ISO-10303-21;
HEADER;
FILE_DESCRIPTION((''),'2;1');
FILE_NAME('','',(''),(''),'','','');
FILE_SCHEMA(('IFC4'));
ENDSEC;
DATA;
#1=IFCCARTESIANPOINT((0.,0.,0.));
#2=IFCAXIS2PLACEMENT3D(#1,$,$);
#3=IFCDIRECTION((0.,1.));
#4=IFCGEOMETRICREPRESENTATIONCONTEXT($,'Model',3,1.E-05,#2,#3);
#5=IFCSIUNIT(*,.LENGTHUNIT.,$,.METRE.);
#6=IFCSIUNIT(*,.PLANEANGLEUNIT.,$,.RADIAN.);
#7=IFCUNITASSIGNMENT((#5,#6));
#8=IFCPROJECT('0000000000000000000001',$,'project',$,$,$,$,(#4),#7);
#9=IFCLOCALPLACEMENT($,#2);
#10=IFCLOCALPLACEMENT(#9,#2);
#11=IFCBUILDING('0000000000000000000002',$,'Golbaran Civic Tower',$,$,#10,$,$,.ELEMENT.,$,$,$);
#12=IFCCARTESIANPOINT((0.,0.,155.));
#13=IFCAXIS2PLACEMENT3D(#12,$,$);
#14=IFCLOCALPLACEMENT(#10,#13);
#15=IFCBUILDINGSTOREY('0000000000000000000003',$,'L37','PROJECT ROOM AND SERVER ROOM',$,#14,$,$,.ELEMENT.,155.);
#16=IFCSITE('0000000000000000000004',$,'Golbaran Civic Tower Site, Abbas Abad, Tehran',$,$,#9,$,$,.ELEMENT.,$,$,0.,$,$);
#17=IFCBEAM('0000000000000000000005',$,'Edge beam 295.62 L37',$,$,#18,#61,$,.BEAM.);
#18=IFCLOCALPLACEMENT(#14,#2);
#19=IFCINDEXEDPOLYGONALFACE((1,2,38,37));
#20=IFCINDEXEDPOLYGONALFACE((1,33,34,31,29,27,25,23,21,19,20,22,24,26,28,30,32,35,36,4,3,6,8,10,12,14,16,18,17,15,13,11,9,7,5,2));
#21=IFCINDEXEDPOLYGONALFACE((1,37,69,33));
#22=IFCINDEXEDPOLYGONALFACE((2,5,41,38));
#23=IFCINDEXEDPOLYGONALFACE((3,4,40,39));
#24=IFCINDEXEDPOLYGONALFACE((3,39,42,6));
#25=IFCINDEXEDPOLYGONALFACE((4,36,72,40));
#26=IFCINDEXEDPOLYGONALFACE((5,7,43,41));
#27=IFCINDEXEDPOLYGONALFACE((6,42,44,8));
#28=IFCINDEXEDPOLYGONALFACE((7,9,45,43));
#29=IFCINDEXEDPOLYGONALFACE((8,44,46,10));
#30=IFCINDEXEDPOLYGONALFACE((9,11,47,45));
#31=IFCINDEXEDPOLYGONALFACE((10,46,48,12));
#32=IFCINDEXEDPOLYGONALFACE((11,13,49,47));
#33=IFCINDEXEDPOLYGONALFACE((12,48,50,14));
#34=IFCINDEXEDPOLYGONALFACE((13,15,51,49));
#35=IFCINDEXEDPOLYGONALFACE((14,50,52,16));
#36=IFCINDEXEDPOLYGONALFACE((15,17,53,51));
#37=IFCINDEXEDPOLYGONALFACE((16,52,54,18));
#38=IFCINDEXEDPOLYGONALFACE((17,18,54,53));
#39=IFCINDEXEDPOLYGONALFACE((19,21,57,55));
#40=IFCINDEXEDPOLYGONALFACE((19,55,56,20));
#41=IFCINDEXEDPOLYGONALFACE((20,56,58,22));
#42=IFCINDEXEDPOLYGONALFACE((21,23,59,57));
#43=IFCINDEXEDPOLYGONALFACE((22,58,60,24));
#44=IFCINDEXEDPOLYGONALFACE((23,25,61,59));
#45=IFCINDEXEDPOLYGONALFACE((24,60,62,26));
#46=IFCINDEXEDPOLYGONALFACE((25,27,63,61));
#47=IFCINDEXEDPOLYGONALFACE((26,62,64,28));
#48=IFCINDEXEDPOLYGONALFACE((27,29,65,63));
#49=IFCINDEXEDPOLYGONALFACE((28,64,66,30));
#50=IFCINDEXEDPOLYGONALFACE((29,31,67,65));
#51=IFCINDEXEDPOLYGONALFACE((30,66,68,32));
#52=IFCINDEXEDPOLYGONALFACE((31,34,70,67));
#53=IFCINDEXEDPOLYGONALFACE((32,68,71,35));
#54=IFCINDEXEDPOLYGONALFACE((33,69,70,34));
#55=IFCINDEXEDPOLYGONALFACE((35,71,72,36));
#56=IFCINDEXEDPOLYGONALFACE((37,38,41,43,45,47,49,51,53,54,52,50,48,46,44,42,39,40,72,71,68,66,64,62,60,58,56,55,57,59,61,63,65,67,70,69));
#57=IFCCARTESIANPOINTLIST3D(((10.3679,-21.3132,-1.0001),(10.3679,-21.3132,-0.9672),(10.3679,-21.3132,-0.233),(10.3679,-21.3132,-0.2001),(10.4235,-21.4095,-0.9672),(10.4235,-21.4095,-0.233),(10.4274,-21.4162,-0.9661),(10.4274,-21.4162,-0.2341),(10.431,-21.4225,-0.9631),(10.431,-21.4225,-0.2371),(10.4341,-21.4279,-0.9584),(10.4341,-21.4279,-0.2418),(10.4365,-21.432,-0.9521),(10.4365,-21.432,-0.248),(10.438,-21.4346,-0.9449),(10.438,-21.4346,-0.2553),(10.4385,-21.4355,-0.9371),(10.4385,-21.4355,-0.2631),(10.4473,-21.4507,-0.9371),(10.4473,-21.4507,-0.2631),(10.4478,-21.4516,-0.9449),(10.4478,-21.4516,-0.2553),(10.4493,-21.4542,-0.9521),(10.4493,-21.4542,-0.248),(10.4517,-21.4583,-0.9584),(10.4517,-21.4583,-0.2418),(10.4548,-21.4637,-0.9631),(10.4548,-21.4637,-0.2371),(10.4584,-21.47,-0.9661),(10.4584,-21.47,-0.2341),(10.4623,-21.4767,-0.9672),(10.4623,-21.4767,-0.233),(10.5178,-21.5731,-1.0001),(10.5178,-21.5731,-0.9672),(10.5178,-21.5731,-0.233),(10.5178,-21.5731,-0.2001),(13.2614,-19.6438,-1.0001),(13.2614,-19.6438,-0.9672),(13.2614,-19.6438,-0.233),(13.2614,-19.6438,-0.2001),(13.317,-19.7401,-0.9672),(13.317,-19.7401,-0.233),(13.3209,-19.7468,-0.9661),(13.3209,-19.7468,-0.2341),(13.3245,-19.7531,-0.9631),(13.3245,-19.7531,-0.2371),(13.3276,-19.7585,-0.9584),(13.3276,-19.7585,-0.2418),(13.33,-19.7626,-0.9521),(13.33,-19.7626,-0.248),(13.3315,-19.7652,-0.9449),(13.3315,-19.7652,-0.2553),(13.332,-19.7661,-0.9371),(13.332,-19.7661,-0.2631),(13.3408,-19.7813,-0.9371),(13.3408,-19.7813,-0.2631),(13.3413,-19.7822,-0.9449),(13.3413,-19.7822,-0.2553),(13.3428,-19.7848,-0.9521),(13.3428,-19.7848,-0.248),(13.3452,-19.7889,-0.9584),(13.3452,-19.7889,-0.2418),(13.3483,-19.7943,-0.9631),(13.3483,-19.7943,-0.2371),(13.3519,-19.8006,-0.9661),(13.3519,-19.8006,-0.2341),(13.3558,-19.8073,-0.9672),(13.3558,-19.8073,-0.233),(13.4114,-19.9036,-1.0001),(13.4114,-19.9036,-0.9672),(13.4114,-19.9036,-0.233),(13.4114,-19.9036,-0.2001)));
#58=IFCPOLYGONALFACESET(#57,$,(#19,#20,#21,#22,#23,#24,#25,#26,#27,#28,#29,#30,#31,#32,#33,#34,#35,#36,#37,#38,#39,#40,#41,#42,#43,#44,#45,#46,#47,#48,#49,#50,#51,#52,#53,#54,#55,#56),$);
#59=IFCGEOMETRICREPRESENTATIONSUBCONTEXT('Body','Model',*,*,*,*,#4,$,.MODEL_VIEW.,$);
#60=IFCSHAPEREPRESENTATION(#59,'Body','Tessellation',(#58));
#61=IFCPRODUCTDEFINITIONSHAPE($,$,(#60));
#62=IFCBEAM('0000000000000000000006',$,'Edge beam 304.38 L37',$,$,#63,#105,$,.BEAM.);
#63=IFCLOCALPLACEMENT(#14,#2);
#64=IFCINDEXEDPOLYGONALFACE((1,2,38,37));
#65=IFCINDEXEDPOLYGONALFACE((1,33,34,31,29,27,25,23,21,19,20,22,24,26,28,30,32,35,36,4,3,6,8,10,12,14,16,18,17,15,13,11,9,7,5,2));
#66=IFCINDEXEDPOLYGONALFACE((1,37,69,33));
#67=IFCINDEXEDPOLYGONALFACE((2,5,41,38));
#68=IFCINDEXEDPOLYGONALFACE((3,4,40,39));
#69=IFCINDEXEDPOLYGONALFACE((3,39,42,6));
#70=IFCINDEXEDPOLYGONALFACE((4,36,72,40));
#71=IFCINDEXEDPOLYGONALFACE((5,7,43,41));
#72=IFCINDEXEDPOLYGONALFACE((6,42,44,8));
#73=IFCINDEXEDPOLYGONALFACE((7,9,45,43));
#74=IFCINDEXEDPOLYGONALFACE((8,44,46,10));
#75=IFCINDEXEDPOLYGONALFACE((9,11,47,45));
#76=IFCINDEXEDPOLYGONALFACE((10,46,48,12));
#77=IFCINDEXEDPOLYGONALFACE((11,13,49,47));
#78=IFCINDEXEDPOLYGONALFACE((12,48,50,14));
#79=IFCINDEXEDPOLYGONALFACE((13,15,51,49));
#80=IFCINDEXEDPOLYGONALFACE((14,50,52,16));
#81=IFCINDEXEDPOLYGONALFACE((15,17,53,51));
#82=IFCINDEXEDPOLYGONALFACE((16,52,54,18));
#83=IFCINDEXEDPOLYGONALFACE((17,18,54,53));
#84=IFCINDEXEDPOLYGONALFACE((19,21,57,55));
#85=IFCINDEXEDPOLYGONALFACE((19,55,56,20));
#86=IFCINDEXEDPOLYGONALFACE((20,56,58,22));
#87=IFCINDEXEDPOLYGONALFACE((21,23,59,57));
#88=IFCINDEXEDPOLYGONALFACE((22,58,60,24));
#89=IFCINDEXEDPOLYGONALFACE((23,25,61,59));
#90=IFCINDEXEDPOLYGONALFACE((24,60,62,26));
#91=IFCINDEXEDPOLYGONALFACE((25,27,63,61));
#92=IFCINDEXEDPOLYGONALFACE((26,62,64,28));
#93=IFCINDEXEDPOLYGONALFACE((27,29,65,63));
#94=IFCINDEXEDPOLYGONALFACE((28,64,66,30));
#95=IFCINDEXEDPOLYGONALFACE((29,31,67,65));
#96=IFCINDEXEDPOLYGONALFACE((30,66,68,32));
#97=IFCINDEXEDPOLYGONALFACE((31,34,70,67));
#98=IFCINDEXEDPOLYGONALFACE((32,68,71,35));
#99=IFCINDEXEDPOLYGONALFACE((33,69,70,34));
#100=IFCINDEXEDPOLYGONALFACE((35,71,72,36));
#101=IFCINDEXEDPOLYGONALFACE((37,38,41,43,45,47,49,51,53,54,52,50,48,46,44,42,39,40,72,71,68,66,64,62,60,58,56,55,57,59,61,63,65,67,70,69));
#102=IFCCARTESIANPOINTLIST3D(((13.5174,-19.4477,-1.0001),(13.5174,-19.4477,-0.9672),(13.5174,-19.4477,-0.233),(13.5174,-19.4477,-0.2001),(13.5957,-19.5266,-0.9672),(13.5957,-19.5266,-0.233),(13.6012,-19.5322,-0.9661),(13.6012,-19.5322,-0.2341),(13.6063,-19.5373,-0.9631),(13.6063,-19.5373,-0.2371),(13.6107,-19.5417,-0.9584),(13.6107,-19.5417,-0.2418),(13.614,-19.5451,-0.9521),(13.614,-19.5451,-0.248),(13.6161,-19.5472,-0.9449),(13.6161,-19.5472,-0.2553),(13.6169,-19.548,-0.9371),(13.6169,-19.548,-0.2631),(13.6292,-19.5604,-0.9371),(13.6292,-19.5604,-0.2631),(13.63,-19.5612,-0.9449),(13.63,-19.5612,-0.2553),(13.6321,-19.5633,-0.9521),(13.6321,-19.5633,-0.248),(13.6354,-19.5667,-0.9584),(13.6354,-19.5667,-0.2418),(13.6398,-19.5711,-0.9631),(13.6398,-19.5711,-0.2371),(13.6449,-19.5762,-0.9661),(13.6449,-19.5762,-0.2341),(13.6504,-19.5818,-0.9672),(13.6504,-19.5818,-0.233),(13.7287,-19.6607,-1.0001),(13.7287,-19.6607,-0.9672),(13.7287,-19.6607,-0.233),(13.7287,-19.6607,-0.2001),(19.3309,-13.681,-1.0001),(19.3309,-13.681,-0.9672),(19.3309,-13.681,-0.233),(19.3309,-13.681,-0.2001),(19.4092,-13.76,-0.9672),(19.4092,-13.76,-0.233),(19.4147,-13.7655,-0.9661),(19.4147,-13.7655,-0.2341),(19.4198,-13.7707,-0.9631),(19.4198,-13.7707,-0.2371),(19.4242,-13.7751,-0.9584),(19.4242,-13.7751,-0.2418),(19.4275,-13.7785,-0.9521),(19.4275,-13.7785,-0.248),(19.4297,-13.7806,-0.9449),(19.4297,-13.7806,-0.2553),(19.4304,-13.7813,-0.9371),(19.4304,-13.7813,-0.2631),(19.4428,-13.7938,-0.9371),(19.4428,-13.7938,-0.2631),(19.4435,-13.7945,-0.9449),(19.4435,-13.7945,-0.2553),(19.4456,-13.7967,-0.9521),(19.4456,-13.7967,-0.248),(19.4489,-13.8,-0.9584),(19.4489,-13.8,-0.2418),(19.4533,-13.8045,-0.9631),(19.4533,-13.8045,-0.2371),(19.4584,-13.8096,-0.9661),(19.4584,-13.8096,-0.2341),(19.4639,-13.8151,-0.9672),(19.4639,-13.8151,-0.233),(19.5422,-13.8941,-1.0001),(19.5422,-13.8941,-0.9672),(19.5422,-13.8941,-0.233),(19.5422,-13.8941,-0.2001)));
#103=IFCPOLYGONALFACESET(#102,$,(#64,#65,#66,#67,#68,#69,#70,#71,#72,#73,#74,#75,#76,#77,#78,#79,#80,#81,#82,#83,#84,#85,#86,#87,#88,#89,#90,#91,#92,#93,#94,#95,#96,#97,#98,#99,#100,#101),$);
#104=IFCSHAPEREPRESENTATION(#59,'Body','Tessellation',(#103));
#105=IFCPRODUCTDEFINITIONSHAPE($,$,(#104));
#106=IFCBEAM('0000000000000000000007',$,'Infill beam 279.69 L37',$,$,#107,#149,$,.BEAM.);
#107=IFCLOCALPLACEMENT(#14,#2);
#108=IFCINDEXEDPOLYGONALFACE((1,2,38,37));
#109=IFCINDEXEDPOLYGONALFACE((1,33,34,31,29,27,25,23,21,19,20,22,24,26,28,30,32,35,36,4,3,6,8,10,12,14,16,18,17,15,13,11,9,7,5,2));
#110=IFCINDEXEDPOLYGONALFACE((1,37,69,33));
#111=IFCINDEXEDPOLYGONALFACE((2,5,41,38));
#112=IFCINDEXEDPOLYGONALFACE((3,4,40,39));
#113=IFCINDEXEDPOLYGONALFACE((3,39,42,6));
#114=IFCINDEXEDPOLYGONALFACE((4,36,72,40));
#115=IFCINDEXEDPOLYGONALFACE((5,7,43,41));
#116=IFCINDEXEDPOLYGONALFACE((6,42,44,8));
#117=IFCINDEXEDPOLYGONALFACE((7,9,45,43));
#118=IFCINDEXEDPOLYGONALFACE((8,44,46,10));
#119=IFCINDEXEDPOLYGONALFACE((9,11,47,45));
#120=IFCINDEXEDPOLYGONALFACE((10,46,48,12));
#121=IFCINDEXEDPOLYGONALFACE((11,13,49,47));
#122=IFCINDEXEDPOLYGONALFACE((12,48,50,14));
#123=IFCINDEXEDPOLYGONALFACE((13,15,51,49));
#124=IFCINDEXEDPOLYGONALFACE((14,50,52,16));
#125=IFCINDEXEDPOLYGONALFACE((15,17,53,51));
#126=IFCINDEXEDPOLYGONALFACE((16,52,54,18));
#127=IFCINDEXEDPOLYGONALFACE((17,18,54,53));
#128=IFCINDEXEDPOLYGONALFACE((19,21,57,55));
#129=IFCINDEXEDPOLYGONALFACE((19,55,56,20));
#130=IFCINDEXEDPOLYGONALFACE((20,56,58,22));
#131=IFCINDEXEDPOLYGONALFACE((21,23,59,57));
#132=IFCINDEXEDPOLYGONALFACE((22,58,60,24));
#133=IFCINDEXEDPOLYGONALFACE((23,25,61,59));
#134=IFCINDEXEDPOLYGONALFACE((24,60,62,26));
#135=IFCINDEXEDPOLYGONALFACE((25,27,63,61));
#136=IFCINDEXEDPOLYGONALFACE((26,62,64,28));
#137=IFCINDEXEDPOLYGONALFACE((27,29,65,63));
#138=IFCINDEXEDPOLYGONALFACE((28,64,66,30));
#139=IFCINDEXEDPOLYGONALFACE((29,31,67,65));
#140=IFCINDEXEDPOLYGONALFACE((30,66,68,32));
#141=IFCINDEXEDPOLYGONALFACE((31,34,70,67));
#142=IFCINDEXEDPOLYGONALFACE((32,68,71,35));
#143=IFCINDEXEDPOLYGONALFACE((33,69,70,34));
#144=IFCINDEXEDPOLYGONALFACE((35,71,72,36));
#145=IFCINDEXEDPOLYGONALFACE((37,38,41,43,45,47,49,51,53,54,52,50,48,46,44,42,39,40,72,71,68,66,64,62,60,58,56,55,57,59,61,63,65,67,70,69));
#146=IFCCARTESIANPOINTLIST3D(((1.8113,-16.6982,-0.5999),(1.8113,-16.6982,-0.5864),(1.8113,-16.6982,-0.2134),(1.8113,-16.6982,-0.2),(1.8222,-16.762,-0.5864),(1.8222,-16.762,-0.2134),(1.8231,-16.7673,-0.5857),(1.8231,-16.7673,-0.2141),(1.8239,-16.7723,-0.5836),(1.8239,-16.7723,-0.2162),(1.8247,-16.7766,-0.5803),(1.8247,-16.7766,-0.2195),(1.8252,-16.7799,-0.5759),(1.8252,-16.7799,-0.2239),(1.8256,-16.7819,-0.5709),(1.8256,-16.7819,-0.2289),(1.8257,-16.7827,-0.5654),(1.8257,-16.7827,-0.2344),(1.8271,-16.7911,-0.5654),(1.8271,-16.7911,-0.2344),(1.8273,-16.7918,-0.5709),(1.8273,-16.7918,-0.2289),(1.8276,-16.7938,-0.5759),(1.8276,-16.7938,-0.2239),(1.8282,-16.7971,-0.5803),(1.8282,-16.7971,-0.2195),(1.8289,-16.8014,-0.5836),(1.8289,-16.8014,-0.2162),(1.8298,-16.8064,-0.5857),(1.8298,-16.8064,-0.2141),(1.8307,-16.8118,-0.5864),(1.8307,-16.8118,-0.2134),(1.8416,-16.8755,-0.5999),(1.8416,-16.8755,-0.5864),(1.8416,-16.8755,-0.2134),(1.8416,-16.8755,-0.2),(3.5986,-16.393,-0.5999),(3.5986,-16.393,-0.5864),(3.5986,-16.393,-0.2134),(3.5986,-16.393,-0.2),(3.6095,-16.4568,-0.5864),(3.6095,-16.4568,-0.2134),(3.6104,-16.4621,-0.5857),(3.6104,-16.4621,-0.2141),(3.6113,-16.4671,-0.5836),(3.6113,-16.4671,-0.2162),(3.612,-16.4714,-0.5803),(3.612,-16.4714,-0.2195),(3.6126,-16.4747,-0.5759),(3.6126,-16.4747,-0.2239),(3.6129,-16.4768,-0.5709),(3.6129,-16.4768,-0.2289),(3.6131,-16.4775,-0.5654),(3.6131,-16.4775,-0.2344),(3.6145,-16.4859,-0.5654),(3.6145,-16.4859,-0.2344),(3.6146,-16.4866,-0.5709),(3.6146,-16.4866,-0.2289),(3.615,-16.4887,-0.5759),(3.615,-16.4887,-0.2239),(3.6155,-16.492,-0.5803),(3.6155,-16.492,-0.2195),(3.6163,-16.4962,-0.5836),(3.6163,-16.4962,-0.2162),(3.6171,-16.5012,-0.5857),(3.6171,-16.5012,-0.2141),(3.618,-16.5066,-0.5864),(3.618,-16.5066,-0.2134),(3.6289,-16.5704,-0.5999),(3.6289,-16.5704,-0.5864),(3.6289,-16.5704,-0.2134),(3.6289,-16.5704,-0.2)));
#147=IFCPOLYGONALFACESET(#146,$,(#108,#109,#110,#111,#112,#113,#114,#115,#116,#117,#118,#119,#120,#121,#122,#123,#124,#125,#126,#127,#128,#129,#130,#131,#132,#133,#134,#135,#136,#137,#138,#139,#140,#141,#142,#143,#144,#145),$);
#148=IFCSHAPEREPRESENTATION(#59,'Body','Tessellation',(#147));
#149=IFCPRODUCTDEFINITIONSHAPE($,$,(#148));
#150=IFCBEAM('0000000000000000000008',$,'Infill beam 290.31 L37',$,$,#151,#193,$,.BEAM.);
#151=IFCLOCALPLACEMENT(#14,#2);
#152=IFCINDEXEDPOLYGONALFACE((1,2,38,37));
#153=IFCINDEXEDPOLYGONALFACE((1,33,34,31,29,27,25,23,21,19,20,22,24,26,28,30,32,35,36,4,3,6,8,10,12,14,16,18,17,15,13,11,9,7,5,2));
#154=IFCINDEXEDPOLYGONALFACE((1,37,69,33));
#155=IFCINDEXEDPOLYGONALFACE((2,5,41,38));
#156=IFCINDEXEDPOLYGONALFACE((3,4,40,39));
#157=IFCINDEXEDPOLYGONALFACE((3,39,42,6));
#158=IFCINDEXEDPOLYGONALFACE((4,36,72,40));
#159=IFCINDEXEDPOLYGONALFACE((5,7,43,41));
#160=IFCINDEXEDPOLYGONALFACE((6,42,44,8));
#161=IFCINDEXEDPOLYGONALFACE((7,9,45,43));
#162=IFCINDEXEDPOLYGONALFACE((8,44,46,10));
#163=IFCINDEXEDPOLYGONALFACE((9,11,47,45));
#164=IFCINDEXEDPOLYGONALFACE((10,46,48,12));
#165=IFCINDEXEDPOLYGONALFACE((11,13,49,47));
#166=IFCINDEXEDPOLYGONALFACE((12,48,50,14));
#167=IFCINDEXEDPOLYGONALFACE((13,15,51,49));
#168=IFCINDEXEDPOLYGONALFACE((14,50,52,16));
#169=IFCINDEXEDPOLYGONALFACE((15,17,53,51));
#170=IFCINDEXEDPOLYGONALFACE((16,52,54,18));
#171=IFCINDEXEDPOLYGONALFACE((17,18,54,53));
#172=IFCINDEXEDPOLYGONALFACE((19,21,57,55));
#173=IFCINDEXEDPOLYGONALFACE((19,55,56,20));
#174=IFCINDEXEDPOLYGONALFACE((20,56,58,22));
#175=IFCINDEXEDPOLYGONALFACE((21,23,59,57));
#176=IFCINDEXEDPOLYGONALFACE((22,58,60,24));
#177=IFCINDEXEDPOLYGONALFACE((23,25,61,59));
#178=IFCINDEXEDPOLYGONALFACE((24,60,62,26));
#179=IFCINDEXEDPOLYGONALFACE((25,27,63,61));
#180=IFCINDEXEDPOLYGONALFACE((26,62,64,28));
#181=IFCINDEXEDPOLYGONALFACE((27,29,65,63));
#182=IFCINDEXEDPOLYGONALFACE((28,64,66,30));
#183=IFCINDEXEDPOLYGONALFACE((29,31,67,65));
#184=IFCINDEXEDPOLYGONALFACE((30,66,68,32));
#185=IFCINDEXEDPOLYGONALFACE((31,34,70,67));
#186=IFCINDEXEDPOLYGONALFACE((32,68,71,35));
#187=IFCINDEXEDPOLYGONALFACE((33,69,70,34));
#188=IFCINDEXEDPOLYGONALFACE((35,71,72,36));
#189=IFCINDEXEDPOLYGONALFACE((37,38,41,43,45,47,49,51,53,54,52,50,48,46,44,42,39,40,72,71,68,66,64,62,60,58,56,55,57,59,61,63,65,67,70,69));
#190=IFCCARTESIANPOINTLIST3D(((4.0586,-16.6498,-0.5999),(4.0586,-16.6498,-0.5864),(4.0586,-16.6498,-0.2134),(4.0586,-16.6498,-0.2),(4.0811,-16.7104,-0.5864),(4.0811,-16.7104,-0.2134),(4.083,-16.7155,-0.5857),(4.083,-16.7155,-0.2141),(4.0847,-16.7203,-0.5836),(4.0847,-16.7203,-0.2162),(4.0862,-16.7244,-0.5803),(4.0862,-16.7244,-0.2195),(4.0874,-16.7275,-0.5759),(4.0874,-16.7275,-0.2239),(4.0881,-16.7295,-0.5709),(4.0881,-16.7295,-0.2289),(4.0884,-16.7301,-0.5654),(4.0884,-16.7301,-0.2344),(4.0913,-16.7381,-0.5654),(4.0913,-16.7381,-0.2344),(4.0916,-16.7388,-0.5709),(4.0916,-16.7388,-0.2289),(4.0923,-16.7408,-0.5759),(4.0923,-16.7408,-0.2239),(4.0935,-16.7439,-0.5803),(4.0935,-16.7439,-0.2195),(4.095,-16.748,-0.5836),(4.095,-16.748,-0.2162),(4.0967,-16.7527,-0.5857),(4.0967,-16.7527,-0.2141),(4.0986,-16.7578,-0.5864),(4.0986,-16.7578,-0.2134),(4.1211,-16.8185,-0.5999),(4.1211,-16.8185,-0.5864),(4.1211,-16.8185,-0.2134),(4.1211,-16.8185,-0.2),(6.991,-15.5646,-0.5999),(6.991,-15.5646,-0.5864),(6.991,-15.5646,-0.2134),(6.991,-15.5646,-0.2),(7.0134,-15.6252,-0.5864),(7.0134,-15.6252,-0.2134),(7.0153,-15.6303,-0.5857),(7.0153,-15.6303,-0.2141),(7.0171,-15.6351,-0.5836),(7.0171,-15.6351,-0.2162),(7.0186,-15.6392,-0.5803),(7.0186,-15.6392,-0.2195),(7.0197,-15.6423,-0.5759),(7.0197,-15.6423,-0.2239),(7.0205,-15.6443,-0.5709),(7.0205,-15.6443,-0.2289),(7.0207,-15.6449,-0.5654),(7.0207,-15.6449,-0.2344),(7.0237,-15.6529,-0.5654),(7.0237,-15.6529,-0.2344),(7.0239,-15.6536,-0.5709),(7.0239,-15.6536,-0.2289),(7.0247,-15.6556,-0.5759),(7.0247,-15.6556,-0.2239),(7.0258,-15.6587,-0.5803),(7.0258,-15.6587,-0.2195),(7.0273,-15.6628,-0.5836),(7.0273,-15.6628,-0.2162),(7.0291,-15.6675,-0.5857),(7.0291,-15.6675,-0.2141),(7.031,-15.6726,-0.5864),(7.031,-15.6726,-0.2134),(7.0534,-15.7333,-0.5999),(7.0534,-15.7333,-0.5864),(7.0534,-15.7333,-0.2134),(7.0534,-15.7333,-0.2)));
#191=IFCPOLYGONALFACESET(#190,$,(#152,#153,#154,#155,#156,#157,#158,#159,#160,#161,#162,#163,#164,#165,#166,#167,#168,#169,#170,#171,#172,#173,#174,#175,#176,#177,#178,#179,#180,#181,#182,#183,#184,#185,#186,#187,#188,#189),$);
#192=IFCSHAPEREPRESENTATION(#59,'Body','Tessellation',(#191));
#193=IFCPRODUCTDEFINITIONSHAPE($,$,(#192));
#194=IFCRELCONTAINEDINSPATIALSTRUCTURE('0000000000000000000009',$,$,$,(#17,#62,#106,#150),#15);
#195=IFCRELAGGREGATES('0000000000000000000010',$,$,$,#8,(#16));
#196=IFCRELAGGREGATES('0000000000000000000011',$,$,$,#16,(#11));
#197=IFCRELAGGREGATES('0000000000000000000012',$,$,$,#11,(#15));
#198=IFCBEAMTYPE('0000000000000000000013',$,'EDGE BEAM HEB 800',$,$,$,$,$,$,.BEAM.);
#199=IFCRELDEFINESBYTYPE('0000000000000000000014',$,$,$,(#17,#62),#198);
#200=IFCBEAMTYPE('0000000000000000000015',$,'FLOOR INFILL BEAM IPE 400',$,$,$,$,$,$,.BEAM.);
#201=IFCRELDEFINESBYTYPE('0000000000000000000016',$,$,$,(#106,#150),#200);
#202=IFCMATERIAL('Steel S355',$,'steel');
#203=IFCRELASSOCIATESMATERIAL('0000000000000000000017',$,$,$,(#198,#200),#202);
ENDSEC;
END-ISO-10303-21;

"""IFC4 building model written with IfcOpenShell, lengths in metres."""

from ifc_helpers import new_model, si_unit, direction, frame, origin, origin_2d, place, context, subcontext, project, spatial, i_section, extrude, material, material_profile, profile_set, type_object, element, save


model = new_model("IFC4")

# Units and contexts
model_context = context("Model", 3, precision=1e-05, world=origin(), true_north=direction((0.0, 1.0)))
body_context = subcontext(model_context, "Body", "Model", "MODEL_VIEW")
ifc_project = project(units=[si_unit("LENGTHUNIT", "METRE"), si_unit("PLANEANGLEUNIT", "RADIAN")], contexts=[model_context])

# Site, building, storey
site_placement = place(None, origin())
site = spatial("IfcSite", under=ifc_project, at=site_placement, Name="Golbaran Civic Tower Site, Abbas Abad, Tehran", CompositionType="ELEMENT", RefElevation=0.0)
building_placement = place(site_placement, origin())
building = spatial("IfcBuilding", under=site, at=building_placement, Name="Golbaran Civic Tower", CompositionType="ELEMENT")
storey_placement = place(building_placement, frame((0.0, 0.0, 155.0)))
storey = spatial("IfcBuildingStorey", under=building, at=storey_placement, Name="L37", Description="PROJECT ROOM AND SERVER ROOM", CompositionType="ELEMENT", Elevation=155.0)

# Beams
ifc_material_1 = material(Name="Steel S355", Category="steel")
ifc_material_profile_1 = material_profile(ifc_material_1, i_section(OverallWidth=0.3, OverallDepth=0.8, WebThickness=0.0176, FlangeThickness=0.033, FilletRadius=0.03, at=origin_2d()), Name="HEB 800")
ifc_profile_set_1 = profile_set([ifc_material_profile_1], Name="Steel S355")
beam_type_1 = type_object("IfcBeamType", Name="EDGE BEAM HEB 800", PredefinedType="BEAM", material=ifc_profile_set_1)
beam_1_placement = place(storey_placement, frame((10.4429, -21.4431, -0.6001), z_axis=(0.866176, 0.499739, 0.0), x_axis=(-0.499739, 0.866176, 0.0)))
element("IfcBeam", 1, at=beam_1_placement, inside=storey, type_object=beam_type_1, Name="Edge beam 295.62 L37", PredefinedType="BEAM", context=body_context, shape_type="SweptSolid", body=[
    extrude(i_section(OverallWidth=0.3, OverallDepth=0.8, WebThickness=0.0176, FlangeThickness=0.033, FilletRadius=0.03, at=origin_2d()), origin(), (0.0, 0.0, 1.0), 3.3406),
])
beam_2_placement = place(storey_placement, frame((13.623, -19.5542, -0.6001), z_axis=(0.709963, 0.704239, 0.0), x_axis=(-0.704239, 0.709963, 0.0)))
element("IfcBeam", 2, at=beam_2_placement, inside=storey, type_object=beam_type_1, Name="Edge beam 304.38 L37", PredefinedType="BEAM", context=body_context, shape_type="SweptSolid", body=[
    extrude(i_section(OverallWidth=0.3, OverallDepth=0.8, WebThickness=0.0176, FlangeThickness=0.033, FilletRadius=0.03, at=origin_2d()), origin(), (0.0, 0.0, 1.0), 8.1885),
])
ifc_material_profile_2 = material_profile(ifc_material_1, i_section(OverallWidth=0.1799, OverallDepth=0.3999, WebThickness=0.0085, FlangeThickness=0.0134, FilletRadius=0.021, at=origin_2d()), Name="IPE 400")
ifc_profile_set_2 = profile_set([ifc_material_profile_2], Name="Steel S355")
beam_type_2 = type_object("IfcBeamType", Name="FLOOR INFILL BEAM IPE 400", PredefinedType="BEAM", material=ifc_profile_set_2)
beam_3_placement = place(storey_placement, frame((1.8264, -16.7869, -0.3999), z_axis=(0.985735, 0.168306, 0.0), x_axis=(-0.168306, 0.985735, 0.0)))
element("IfcBeam", 3, at=beam_3_placement, inside=storey, type_object=beam_type_2, Name="Infill beam 279.69 L37", PredefinedType="BEAM", context=body_context, shape_type="SweptSolid", body=[
    extrude(i_section(OverallWidth=0.1799, OverallDepth=0.3999, WebThickness=0.0085, FlangeThickness=0.0134, FilletRadius=0.021, at=origin_2d()), origin(), (0.0, 0.0, 1.0), 1.8132),
])
beam_4_placement = place(storey_placement, frame((4.0898, -16.7341, -0.3999), z_axis=(0.937838, 0.347073, 0.0), x_axis=(-0.347073, 0.937838, 0.0)))
element("IfcBeam", 4, at=beam_4_placement, inside=storey, type_object=beam_type_2, Name="Infill beam 290.31 L37", PredefinedType="BEAM", context=body_context, shape_type="SweptSolid", body=[
    extrude(i_section(OverallWidth=0.1799, OverallDepth=0.3999, WebThickness=0.0085, FlangeThickness=0.0134, FilletRadius=0.021, at=origin_2d()), origin(), (0.0, 0.0, 1.0), 3.1267),
])

save(model, "model.ifc")
